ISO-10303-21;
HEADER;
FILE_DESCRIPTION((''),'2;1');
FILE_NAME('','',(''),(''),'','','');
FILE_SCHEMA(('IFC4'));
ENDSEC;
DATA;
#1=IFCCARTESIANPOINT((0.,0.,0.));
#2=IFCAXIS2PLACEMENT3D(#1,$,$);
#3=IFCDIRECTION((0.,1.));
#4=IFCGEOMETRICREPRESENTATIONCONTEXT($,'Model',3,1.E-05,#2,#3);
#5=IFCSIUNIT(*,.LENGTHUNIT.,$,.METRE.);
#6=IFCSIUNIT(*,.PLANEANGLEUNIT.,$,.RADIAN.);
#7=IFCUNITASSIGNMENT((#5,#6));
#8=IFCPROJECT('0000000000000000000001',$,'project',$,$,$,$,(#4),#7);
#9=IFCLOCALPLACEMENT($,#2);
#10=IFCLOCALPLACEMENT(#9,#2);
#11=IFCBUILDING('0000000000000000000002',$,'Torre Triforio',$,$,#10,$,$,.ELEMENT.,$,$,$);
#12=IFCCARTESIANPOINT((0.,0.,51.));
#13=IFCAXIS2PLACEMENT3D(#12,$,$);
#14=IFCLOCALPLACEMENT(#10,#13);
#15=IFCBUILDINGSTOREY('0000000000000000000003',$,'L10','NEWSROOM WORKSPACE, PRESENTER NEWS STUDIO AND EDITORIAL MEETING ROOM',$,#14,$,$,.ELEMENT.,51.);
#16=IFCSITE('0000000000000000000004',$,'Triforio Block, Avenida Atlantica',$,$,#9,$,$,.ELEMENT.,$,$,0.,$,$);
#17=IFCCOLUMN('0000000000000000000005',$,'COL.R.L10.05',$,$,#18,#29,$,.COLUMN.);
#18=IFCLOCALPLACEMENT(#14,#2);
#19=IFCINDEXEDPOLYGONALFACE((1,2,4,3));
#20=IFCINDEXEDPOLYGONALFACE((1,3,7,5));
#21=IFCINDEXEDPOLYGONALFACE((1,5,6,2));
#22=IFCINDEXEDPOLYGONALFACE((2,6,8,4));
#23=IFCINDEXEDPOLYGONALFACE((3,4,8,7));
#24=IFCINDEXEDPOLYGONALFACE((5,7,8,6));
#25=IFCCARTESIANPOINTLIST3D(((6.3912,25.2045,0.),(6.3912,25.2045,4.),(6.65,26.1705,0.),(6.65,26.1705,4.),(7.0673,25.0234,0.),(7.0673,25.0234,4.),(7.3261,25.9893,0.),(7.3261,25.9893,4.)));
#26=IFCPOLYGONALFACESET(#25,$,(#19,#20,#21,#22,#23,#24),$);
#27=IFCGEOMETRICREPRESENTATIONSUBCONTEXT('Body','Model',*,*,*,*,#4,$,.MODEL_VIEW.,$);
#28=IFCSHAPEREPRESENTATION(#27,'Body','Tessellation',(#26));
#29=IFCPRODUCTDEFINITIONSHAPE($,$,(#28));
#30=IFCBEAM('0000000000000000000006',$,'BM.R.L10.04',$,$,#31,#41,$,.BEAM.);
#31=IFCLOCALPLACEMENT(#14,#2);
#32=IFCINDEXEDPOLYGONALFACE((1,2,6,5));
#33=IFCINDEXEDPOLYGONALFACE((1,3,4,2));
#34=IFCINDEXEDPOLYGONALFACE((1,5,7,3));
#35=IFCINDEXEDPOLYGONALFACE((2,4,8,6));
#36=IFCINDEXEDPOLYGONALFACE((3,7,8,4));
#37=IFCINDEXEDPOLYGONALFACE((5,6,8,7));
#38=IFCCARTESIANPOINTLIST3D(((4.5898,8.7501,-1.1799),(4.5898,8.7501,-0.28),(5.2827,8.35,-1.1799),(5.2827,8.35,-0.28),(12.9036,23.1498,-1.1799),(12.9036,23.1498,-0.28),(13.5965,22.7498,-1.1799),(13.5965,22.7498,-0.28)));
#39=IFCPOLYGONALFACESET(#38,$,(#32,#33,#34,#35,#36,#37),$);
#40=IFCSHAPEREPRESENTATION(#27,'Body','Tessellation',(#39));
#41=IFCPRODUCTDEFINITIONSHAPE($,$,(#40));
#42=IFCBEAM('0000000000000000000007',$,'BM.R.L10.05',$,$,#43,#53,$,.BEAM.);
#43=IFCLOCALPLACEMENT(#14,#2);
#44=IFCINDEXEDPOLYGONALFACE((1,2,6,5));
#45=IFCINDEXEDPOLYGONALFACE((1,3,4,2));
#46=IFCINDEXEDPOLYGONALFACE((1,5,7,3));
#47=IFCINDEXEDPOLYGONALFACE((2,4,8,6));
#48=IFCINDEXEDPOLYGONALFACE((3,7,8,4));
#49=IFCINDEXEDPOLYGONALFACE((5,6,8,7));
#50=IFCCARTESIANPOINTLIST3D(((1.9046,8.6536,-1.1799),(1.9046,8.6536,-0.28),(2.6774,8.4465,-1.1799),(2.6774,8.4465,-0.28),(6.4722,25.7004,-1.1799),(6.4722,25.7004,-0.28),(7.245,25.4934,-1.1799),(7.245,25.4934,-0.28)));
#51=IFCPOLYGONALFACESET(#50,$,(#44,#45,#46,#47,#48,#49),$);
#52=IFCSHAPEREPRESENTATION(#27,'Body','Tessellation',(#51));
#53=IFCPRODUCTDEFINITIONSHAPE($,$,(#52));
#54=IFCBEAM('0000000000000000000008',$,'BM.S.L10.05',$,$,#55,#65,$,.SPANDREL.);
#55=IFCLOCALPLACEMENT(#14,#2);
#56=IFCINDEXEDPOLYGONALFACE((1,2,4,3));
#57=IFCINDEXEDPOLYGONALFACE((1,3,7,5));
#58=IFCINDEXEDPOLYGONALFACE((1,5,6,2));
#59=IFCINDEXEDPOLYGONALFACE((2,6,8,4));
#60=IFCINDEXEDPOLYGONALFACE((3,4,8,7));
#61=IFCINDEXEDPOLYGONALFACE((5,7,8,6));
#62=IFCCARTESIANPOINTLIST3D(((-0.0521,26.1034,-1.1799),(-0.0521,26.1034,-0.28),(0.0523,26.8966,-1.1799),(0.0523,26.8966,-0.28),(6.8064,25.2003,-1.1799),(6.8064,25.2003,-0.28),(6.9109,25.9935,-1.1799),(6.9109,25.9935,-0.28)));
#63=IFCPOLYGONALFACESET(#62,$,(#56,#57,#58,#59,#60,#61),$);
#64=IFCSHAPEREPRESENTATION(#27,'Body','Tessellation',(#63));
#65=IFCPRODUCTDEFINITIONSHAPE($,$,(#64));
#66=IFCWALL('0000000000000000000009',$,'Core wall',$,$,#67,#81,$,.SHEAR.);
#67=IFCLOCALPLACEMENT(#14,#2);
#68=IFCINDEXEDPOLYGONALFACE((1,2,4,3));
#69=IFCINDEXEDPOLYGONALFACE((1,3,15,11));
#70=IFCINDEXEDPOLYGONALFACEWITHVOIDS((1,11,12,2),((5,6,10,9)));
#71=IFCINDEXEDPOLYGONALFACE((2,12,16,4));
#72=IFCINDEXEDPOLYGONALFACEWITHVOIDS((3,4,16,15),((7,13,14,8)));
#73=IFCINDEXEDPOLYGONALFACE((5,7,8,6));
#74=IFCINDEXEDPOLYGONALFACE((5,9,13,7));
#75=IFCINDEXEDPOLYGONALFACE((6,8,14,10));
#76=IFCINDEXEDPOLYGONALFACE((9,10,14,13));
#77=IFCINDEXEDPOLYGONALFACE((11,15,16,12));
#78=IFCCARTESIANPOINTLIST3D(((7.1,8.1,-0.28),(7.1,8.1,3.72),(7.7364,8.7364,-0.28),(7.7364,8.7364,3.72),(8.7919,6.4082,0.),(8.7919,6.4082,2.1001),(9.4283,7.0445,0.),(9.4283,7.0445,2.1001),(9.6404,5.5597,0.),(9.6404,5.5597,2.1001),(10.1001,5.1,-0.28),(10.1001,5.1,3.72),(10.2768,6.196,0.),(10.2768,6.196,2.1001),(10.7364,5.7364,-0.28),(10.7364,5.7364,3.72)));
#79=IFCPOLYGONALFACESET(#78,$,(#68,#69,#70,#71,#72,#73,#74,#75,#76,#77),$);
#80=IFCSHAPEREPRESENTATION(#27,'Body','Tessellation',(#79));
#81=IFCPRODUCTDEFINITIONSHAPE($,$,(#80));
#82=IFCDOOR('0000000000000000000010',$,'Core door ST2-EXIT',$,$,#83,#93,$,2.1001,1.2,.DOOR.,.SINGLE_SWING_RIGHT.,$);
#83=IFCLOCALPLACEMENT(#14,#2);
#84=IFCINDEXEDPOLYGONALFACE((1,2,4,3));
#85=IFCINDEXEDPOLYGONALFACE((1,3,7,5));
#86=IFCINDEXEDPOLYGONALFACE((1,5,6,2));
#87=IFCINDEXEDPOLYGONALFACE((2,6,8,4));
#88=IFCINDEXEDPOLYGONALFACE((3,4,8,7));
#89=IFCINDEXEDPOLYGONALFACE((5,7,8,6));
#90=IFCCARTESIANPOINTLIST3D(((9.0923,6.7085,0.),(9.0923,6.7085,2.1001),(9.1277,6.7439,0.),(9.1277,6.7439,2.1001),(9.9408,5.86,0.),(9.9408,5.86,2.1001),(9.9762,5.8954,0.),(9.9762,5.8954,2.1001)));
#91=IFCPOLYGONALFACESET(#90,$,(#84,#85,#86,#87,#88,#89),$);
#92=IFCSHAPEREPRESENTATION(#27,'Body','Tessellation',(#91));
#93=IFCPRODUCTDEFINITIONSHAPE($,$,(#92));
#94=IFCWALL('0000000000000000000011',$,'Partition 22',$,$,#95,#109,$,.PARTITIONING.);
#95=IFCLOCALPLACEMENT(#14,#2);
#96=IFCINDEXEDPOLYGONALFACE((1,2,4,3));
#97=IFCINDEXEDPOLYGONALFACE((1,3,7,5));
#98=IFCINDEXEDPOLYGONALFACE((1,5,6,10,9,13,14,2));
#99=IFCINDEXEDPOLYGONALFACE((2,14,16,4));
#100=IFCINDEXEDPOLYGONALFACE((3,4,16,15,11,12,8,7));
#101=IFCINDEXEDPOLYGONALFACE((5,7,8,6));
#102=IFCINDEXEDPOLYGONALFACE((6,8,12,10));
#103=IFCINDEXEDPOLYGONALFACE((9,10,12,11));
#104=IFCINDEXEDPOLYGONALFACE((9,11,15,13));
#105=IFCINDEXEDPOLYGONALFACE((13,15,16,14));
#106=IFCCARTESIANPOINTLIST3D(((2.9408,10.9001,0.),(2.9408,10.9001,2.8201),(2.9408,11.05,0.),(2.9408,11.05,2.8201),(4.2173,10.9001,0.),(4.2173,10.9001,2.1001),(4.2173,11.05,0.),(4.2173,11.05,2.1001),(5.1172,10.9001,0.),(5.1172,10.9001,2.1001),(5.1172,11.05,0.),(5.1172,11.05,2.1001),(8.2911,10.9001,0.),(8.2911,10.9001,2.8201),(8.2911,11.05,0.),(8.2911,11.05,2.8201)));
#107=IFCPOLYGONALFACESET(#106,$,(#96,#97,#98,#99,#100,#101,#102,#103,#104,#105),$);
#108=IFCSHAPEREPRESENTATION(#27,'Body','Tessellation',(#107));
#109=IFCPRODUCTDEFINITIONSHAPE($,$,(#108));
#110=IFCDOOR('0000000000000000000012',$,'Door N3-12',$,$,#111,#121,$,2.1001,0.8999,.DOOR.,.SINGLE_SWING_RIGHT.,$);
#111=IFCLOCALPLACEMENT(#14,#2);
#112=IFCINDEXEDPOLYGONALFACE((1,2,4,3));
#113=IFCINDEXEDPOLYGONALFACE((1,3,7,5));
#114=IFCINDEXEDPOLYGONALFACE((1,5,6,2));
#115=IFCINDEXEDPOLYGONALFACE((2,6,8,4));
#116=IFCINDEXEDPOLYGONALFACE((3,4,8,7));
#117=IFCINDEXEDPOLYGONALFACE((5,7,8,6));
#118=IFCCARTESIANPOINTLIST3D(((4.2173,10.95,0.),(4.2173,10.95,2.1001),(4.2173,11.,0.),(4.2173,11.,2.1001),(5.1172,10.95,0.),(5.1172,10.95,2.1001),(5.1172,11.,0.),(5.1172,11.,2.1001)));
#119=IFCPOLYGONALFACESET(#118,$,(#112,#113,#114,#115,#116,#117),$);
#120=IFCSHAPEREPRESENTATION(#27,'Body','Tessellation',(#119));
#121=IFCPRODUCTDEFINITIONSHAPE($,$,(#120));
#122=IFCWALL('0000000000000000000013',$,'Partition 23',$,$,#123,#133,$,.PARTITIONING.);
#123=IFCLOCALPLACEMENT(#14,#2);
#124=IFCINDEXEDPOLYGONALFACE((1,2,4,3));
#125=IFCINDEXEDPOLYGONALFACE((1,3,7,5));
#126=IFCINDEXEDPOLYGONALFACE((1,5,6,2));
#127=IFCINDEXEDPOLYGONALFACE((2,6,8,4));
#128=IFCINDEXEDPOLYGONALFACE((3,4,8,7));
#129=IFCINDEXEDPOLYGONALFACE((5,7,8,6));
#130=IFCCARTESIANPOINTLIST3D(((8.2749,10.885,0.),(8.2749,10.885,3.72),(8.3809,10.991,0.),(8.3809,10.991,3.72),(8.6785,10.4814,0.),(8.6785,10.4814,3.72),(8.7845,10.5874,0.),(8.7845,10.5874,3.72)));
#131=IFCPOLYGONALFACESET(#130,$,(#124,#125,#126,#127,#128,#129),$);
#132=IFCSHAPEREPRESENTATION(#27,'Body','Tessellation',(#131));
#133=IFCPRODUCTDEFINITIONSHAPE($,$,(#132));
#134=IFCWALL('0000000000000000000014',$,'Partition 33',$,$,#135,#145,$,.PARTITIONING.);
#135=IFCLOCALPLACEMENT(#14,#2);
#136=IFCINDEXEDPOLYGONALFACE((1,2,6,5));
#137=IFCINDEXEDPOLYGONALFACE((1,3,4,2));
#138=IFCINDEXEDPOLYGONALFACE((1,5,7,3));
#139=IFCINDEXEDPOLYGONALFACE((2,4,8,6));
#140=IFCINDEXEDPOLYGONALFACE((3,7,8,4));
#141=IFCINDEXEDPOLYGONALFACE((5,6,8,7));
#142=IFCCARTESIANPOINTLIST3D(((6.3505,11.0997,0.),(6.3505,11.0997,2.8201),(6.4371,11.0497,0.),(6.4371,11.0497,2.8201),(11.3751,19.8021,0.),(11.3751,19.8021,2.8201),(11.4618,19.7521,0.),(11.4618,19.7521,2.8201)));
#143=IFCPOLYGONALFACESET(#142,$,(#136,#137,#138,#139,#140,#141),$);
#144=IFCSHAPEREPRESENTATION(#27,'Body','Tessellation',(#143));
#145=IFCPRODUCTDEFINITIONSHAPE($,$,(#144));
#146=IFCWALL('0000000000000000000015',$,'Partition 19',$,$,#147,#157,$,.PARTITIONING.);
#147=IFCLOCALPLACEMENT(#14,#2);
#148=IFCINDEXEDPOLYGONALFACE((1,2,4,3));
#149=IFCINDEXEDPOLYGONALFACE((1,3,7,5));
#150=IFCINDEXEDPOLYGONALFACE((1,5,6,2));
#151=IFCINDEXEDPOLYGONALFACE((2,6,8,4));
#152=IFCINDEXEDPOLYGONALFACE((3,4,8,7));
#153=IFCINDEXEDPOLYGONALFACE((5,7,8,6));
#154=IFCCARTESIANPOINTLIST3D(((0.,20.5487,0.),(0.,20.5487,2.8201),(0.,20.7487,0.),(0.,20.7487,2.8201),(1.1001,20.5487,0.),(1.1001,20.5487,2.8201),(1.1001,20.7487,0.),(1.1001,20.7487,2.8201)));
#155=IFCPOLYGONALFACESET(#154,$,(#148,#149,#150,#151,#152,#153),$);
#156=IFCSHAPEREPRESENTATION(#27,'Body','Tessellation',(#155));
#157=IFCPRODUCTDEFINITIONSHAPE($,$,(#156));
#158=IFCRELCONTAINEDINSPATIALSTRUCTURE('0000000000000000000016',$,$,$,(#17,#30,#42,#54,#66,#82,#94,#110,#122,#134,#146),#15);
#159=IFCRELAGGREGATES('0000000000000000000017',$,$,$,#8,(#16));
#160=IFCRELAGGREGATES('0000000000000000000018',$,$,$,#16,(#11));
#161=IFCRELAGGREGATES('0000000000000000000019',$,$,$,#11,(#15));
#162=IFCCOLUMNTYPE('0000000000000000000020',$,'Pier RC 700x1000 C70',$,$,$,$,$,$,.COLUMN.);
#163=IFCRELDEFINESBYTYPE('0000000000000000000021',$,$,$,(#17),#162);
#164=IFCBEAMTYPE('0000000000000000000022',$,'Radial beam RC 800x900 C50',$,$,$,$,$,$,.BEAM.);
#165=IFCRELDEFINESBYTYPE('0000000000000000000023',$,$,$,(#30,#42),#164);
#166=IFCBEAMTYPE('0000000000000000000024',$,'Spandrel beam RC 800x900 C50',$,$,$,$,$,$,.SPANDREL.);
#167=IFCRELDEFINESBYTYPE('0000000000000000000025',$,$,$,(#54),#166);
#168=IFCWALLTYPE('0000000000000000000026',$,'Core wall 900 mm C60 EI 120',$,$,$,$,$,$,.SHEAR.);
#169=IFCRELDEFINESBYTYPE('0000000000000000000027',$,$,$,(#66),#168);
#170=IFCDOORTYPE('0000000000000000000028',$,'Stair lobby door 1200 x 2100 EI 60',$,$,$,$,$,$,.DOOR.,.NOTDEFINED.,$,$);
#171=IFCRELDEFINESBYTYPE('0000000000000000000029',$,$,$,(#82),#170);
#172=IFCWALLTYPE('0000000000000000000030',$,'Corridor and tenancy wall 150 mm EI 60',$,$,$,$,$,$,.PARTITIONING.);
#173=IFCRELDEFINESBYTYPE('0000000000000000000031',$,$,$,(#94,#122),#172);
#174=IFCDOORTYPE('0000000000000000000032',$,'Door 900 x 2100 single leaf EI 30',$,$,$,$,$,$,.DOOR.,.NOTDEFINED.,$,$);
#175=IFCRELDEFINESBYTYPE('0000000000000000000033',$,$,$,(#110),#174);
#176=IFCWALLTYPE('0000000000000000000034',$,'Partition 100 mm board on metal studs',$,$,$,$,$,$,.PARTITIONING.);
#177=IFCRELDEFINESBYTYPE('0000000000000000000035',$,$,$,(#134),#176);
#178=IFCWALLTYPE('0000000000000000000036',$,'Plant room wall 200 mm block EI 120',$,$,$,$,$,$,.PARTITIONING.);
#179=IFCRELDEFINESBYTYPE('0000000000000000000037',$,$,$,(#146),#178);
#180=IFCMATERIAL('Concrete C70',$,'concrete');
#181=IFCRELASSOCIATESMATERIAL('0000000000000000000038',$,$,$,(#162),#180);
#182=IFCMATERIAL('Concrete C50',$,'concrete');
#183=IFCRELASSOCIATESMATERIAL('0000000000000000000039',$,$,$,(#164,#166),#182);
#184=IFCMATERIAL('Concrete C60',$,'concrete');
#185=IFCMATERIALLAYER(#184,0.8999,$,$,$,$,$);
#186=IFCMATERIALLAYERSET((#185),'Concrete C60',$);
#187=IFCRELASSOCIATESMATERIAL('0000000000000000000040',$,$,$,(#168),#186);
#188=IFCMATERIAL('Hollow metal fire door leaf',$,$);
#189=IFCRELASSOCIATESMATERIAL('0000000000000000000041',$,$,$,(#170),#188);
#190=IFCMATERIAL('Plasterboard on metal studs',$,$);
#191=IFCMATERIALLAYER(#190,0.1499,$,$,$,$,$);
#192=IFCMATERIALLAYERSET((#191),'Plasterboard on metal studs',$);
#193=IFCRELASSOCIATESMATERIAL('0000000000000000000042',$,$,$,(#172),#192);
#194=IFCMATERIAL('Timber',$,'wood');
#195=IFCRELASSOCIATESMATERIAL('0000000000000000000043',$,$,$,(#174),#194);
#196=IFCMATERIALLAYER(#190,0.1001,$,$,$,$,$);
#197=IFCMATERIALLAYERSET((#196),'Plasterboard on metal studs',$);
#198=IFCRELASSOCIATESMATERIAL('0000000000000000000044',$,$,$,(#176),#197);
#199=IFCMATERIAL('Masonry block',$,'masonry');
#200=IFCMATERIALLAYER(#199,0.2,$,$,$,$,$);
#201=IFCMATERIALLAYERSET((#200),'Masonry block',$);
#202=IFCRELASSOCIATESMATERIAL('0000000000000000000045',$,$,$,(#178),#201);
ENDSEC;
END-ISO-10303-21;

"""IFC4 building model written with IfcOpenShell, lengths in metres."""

from ifc_helpers import new_model, si_unit, direction, frame, frame_2d, origin, origin_2d, place, context, subcontext, project, spatial, rectangle, extrude, material, layer, layer_set, material_profile, profile_set, type_object, element, fill, save


model = new_model("IFC4")

# Units and contexts
model_context = context("Model", 3, precision=1e-05, world=origin(), true_north=direction((0.0, 1.0)))
body_context = subcontext(model_context, "Body", "Model", "MODEL_VIEW")
ifc_project = project(units=[si_unit("LENGTHUNIT", "METRE"), si_unit("PLANEANGLEUNIT", "RADIAN")], contexts=[model_context])

# Site, building, storey
site_placement = place(None, origin())
site = spatial("IfcSite", under=ifc_project, at=site_placement, Name="Triforio Block, Avenida Atlantica", CompositionType="ELEMENT", RefElevation=0.0)
building_placement = place(site_placement, origin())
building = spatial("IfcBuilding", under=site, at=building_placement, Name="Torre Triforio", CompositionType="ELEMENT")
storey_placement = place(building_placement, frame((0.0, 0.0, 51.0)))
storey = spatial("IfcBuildingStorey", under=building, at=storey_placement, Name="L10", Description="NEWSROOM WORKSPACE, PRESENTER NEWS STUDIO AND EDITORIAL MEETING ROOM", CompositionType="ELEMENT", Elevation=51.0)

# Column
ifc_material_1 = material(Name="Concrete C70", Category="concrete")
ifc_material_profile_1 = material_profile(ifc_material_1, rectangle(XDim=0.7, YDim=1.0, at=origin_2d()), Name="RC 700x1000")
ifc_profile_set_1 = profile_set([ifc_material_profile_1], Name="Concrete C70")
column_type = type_object("IfcColumnType", Name="Pier RC 700x1000 C70", PredefinedType="COLUMN", material=ifc_profile_set_1)
column_placement = place(storey_placement, frame((6.8586, 25.5969, 0.0), z_axis=(0.0, 0.0, 1.0), x_axis=(-0.965926, 0.258819, 0.0)))
element("IfcColumn", 1, at=column_placement, inside=storey, type_object=column_type, Name="COL.R.L10.05", PredefinedType="COLUMN", context=body_context, shape_type="SweptSolid", body=[
    extrude(rectangle(XDim=0.7, YDim=1.0, at=origin_2d()), origin(), (0.0, 0.0, 1.0), 4.0),
])

# Beams
ifc_material_2 = material(Name="Concrete C50", Category="concrete")
ifc_material_profile_2 = material_profile(ifc_material_2, rectangle(XDim=0.8, YDim=0.8999, at=origin_2d()), Name="RC 800x900")
ifc_profile_set_2 = profile_set([ifc_material_profile_2], Name="Concrete C50")
beam_type_1 = type_object("IfcBeamType", Name="Radial beam RC 800x900 C50", PredefinedType="BEAM", material=ifc_profile_set_2)
beam_1_placement = place(storey_placement, frame((4.9363, 8.55, -0.73), z_axis=(0.500003, 0.866023, 0.0), x_axis=(-0.866023, 0.500003, 0.0)))
element("IfcBeam", 2, at=beam_1_placement, inside=storey, type_object=beam_type_1, Name="BM.R.L10.04", PredefinedType="BEAM", context=body_context, shape_type="SweptSolid", body=[
    extrude(rectangle(XDim=0.8, YDim=0.8999, at=origin_2d()), origin(), (0.0, 0.0, 1.0), 16.6274),
])
beam_2_placement = place(storey_placement, frame((2.291, 8.55, -0.73), z_axis=(0.258815, 0.965927, 0.0), x_axis=(-0.965927, 0.258815, 0.0)))
element("IfcBeam", 3, at=beam_2_placement, inside=storey, type_object=beam_type_1, Name="BM.R.L10.05", PredefinedType="BEAM", context=body_context, shape_type="SweptSolid", body=[
    extrude(rectangle(XDim=0.8, YDim=0.8999, at=origin_2d()), origin(), (0.0, 0.0, 1.0), 17.6482),
])
ifc_material_profile_3 = material_profile(ifc_material_2, rectangle(XDim=0.8, YDim=0.8999, at=origin_2d()), Name="RC 800x900")
ifc_profile_set_3 = profile_set([ifc_material_profile_3], Name="Concrete C50")
beam_type_2 = type_object("IfcBeamType", Name="Spandrel beam RC 800x900 C50", PredefinedType="SPANDREL", material=ifc_profile_set_3)
beam_3_placement = place(storey_placement, frame((6.8586, 25.5969, -0.73), z_axis=(-0.991443, 0.130543, 0.0), x_axis=(-0.130543, -0.991443, 0.0)))
element("IfcBeam", 4, at=beam_3_placement, inside=storey, type_object=beam_type_2, Name="BM.S.L10.05", PredefinedType="SPANDREL", context=body_context, shape_type="SweptSolid", body=[
    extrude(rectangle(XDim=0.8, YDim=0.8999, at=origin_2d()), origin(), (0.0, 0.0, 1.0), 6.9177),
])

# Walls, openings, doors
ifc_material_3 = material(Name="Concrete C60", Category="concrete")
ifc_layer_1 = layer(ifc_material_3, 0.8999)
ifc_layer_set_1 = layer_set([ifc_layer_1], Name="Concrete C60")
wall_type_1 = type_object("IfcWallType", Name="Core wall 900 mm C60 EI 120", PredefinedType="SHEAR", material=ifc_layer_set_1)
wall_1_placement = place(storey_placement, frame((7.4182, 8.4182, -0.28), z_axis=(0.0, 0.0, 1.0), x_axis=(0.707107, -0.707107, 0.0)))
wall_1 = element("IfcWall", 5, at=wall_1_placement, inside=storey, type_object=wall_type_1, Name="Core wall", PredefinedType="SHEAR", context=body_context, shape_type="SweptSolid", body=[
    extrude(rectangle(XDim=4.2427, YDim=0.8999, at=frame_2d((2.1213, 0.0))), origin(), (0.0, 0.0, 1.0), 4.0),
])
opening_1_placement = place(wall_1_placement, frame((2.3926, 0.0, 0.28)))
opening_1 = element("IfcOpeningElement", 6, at=opening_1_placement, cuts=wall_1, PredefinedType="OPENING", context=body_context, shape_type="SweptSolid", body=[
    extrude(rectangle(XDim=1.2, YDim=2.1001, at=frame_2d((0.6001, 1.05))), frame((0.0, 0.46, 0.0), z_axis=(0.0, -1.0, 0.0), x_axis=(1.0, 0.0, 0.0)), (0.0, 0.0, 1.0), 0.9199),
])
ifc_material_4 = material(Name="Hollow metal fire door leaf")
door_type_1 = type_object("IfcDoorType", Name="Stair lobby door 1200 x 2100 EI 60", OperationType="NOTDEFINED", PredefinedType="DOOR", material=ifc_material_4)
door_1_placement = place(opening_1_placement, origin())
door_1 = element("IfcDoor", 7, at=door_1_placement, inside=storey, type_object=door_type_1, Name="Core door ST2-EXIT", OperationType="SINGLE_SWING_RIGHT", OverallHeight=2.1001, OverallWidth=1.2, PredefinedType="DOOR", context=body_context, shape_type="SweptSolid", body=[
    extrude(rectangle(XDim=1.2, YDim=2.1001, at=frame_2d((0.6001, 1.05))), frame((0.0, 0.0249, 0.0), z_axis=(0.0, -1.0, 0.0), x_axis=(1.0, 0.0, 0.0)), (0.0, 0.0, 1.0), 0.05),
])
fill(opening_1, door_1)
ifc_material_5 = material(Name="Plasterboard on metal studs")
ifc_layer_2 = layer(ifc_material_5, 0.1499)
ifc_layer_set_2 = layer_set([ifc_layer_2], Name="Plasterboard on metal studs")
wall_type_2 = type_object("IfcWallType", Name="Corridor and tenancy wall 150 mm EI 60", PredefinedType="PARTITIONING", material=ifc_layer_set_2)
wall_2_placement = place(storey_placement, frame((2.9407, 10.9751, 0.0), z_axis=(0.0, 0.0, 1.0), x_axis=(1.0, 0.0, 0.0)))
wall_2 = element("IfcWall", 8, at=wall_2_placement, inside=storey, type_object=wall_type_2, Name="Partition 22", PredefinedType="PARTITIONING", context=body_context, shape_type="SweptSolid", body=[
    extrude(rectangle(XDim=5.3503, YDim=0.1499, at=frame_2d((2.6753, 0.0))), origin(), (0.0, 0.0, 1.0), 2.8201),
])
opening_2_placement = place(wall_2_placement, frame((1.2766, 0.0, 0.0)))
opening_2 = element("IfcOpeningElement", 9, at=opening_2_placement, cuts=wall_2, PredefinedType="OPENING", context=body_context, shape_type="SweptSolid", body=[
    extrude(rectangle(XDim=0.8999, YDim=2.1001, at=frame_2d((0.45, 1.05))), frame((0.0, 0.085, 0.0), z_axis=(0.0, -1.0, 0.0), x_axis=(1.0, 0.0, 0.0)), (0.0, 0.0, 1.0), 0.1699),
])
ifc_material_6 = material(Name="Timber", Category="wood")
door_type_2 = type_object("IfcDoorType", Name="Door 900 x 2100 single leaf EI 30", OperationType="NOTDEFINED", PredefinedType="DOOR", material=ifc_material_6)
door_2_placement = place(opening_2_placement, origin())
door_2 = element("IfcDoor", 10, at=door_2_placement, inside=storey, type_object=door_type_2, Name="Door N3-12", OperationType="SINGLE_SWING_RIGHT", OverallHeight=2.1001, OverallWidth=0.8999, PredefinedType="DOOR", context=body_context, shape_type="SweptSolid", body=[
    extrude(rectangle(XDim=0.8999, YDim=2.1001, at=frame_2d((0.45, 1.05))), frame((0.0, 0.0249, 0.0), z_axis=(0.0, -1.0, 0.0), x_axis=(1.0, 0.0, 0.0)), (0.0, 0.0, 1.0), 0.05),
])
fill(opening_2, door_2)

# Walls
wall_3_placement = place(storey_placement, frame((8.3279, 10.938, 0.0), z_axis=(0.0, 0.0, 1.0), x_axis=(0.707107, -0.707107, 0.0)))
element("IfcWall", 11, at=wall_3_placement, inside=storey, type_object=wall_type_2, Name="Partition 23", PredefinedType="PARTITIONING", context=body_context, shape_type="SweptSolid", body=[
    extrude(rectangle(XDim=0.5708, YDim=0.1499, at=frame_2d((0.2854, 0.0))), origin(), (0.0, 0.0, 1.0), 3.72),
])
ifc_layer_3 = layer(ifc_material_5, 0.1001)
ifc_layer_set_3 = layer_set([ifc_layer_3], Name="Plasterboard on metal studs")
wall_type_3 = type_object("IfcWallType", Name="Partition 100 mm board on metal studs", PredefinedType="PARTITIONING", material=ifc_layer_set_3)
wall_4_placement = place(storey_placement, frame((6.3938, 11.0747, 0.0), z_axis=(0.0, 0.0, 1.0), x_axis=(0.500025, 0.866011, 0.0)))
element("IfcWall", 12, at=wall_4_placement, inside=storey, type_object=wall_type_3, Name="Partition 33", PredefinedType="PARTITIONING", context=body_context, shape_type="SweptSolid", body=[
    extrude(rectangle(XDim=10.0488, YDim=0.1001, at=frame_2d((5.0244, 0.0))), origin(), (0.0, 0.0, 1.0), 2.8201),
])
ifc_material_7 = material(Name="Masonry block", Category="masonry")
ifc_layer_4 = layer(ifc_material_7, 0.2)
ifc_layer_set_4 = layer_set([ifc_layer_4], Name="Masonry block")
wall_type_4 = type_object("IfcWallType", Name="Plant room wall 200 mm block EI 120", PredefinedType="PARTITIONING", material=ifc_layer_set_4)
wall_5_placement = place(storey_placement, frame((0.0, 20.6487, 0.0), z_axis=(0.0, 0.0, 1.0), x_axis=(1.0, 0.0, 0.0)))
element("IfcWall", 13, at=wall_5_placement, inside=storey, type_object=wall_type_4, Name="Partition 19", PredefinedType="PARTITIONING", context=body_context, shape_type="SweptSolid", body=[
    extrude(rectangle(XDim=1.1001, YDim=0.2, at=frame_2d((0.55, 0.0))), origin(), (0.0, 0.0, 1.0), 2.8201),
])

save(model, "model.ifc")
